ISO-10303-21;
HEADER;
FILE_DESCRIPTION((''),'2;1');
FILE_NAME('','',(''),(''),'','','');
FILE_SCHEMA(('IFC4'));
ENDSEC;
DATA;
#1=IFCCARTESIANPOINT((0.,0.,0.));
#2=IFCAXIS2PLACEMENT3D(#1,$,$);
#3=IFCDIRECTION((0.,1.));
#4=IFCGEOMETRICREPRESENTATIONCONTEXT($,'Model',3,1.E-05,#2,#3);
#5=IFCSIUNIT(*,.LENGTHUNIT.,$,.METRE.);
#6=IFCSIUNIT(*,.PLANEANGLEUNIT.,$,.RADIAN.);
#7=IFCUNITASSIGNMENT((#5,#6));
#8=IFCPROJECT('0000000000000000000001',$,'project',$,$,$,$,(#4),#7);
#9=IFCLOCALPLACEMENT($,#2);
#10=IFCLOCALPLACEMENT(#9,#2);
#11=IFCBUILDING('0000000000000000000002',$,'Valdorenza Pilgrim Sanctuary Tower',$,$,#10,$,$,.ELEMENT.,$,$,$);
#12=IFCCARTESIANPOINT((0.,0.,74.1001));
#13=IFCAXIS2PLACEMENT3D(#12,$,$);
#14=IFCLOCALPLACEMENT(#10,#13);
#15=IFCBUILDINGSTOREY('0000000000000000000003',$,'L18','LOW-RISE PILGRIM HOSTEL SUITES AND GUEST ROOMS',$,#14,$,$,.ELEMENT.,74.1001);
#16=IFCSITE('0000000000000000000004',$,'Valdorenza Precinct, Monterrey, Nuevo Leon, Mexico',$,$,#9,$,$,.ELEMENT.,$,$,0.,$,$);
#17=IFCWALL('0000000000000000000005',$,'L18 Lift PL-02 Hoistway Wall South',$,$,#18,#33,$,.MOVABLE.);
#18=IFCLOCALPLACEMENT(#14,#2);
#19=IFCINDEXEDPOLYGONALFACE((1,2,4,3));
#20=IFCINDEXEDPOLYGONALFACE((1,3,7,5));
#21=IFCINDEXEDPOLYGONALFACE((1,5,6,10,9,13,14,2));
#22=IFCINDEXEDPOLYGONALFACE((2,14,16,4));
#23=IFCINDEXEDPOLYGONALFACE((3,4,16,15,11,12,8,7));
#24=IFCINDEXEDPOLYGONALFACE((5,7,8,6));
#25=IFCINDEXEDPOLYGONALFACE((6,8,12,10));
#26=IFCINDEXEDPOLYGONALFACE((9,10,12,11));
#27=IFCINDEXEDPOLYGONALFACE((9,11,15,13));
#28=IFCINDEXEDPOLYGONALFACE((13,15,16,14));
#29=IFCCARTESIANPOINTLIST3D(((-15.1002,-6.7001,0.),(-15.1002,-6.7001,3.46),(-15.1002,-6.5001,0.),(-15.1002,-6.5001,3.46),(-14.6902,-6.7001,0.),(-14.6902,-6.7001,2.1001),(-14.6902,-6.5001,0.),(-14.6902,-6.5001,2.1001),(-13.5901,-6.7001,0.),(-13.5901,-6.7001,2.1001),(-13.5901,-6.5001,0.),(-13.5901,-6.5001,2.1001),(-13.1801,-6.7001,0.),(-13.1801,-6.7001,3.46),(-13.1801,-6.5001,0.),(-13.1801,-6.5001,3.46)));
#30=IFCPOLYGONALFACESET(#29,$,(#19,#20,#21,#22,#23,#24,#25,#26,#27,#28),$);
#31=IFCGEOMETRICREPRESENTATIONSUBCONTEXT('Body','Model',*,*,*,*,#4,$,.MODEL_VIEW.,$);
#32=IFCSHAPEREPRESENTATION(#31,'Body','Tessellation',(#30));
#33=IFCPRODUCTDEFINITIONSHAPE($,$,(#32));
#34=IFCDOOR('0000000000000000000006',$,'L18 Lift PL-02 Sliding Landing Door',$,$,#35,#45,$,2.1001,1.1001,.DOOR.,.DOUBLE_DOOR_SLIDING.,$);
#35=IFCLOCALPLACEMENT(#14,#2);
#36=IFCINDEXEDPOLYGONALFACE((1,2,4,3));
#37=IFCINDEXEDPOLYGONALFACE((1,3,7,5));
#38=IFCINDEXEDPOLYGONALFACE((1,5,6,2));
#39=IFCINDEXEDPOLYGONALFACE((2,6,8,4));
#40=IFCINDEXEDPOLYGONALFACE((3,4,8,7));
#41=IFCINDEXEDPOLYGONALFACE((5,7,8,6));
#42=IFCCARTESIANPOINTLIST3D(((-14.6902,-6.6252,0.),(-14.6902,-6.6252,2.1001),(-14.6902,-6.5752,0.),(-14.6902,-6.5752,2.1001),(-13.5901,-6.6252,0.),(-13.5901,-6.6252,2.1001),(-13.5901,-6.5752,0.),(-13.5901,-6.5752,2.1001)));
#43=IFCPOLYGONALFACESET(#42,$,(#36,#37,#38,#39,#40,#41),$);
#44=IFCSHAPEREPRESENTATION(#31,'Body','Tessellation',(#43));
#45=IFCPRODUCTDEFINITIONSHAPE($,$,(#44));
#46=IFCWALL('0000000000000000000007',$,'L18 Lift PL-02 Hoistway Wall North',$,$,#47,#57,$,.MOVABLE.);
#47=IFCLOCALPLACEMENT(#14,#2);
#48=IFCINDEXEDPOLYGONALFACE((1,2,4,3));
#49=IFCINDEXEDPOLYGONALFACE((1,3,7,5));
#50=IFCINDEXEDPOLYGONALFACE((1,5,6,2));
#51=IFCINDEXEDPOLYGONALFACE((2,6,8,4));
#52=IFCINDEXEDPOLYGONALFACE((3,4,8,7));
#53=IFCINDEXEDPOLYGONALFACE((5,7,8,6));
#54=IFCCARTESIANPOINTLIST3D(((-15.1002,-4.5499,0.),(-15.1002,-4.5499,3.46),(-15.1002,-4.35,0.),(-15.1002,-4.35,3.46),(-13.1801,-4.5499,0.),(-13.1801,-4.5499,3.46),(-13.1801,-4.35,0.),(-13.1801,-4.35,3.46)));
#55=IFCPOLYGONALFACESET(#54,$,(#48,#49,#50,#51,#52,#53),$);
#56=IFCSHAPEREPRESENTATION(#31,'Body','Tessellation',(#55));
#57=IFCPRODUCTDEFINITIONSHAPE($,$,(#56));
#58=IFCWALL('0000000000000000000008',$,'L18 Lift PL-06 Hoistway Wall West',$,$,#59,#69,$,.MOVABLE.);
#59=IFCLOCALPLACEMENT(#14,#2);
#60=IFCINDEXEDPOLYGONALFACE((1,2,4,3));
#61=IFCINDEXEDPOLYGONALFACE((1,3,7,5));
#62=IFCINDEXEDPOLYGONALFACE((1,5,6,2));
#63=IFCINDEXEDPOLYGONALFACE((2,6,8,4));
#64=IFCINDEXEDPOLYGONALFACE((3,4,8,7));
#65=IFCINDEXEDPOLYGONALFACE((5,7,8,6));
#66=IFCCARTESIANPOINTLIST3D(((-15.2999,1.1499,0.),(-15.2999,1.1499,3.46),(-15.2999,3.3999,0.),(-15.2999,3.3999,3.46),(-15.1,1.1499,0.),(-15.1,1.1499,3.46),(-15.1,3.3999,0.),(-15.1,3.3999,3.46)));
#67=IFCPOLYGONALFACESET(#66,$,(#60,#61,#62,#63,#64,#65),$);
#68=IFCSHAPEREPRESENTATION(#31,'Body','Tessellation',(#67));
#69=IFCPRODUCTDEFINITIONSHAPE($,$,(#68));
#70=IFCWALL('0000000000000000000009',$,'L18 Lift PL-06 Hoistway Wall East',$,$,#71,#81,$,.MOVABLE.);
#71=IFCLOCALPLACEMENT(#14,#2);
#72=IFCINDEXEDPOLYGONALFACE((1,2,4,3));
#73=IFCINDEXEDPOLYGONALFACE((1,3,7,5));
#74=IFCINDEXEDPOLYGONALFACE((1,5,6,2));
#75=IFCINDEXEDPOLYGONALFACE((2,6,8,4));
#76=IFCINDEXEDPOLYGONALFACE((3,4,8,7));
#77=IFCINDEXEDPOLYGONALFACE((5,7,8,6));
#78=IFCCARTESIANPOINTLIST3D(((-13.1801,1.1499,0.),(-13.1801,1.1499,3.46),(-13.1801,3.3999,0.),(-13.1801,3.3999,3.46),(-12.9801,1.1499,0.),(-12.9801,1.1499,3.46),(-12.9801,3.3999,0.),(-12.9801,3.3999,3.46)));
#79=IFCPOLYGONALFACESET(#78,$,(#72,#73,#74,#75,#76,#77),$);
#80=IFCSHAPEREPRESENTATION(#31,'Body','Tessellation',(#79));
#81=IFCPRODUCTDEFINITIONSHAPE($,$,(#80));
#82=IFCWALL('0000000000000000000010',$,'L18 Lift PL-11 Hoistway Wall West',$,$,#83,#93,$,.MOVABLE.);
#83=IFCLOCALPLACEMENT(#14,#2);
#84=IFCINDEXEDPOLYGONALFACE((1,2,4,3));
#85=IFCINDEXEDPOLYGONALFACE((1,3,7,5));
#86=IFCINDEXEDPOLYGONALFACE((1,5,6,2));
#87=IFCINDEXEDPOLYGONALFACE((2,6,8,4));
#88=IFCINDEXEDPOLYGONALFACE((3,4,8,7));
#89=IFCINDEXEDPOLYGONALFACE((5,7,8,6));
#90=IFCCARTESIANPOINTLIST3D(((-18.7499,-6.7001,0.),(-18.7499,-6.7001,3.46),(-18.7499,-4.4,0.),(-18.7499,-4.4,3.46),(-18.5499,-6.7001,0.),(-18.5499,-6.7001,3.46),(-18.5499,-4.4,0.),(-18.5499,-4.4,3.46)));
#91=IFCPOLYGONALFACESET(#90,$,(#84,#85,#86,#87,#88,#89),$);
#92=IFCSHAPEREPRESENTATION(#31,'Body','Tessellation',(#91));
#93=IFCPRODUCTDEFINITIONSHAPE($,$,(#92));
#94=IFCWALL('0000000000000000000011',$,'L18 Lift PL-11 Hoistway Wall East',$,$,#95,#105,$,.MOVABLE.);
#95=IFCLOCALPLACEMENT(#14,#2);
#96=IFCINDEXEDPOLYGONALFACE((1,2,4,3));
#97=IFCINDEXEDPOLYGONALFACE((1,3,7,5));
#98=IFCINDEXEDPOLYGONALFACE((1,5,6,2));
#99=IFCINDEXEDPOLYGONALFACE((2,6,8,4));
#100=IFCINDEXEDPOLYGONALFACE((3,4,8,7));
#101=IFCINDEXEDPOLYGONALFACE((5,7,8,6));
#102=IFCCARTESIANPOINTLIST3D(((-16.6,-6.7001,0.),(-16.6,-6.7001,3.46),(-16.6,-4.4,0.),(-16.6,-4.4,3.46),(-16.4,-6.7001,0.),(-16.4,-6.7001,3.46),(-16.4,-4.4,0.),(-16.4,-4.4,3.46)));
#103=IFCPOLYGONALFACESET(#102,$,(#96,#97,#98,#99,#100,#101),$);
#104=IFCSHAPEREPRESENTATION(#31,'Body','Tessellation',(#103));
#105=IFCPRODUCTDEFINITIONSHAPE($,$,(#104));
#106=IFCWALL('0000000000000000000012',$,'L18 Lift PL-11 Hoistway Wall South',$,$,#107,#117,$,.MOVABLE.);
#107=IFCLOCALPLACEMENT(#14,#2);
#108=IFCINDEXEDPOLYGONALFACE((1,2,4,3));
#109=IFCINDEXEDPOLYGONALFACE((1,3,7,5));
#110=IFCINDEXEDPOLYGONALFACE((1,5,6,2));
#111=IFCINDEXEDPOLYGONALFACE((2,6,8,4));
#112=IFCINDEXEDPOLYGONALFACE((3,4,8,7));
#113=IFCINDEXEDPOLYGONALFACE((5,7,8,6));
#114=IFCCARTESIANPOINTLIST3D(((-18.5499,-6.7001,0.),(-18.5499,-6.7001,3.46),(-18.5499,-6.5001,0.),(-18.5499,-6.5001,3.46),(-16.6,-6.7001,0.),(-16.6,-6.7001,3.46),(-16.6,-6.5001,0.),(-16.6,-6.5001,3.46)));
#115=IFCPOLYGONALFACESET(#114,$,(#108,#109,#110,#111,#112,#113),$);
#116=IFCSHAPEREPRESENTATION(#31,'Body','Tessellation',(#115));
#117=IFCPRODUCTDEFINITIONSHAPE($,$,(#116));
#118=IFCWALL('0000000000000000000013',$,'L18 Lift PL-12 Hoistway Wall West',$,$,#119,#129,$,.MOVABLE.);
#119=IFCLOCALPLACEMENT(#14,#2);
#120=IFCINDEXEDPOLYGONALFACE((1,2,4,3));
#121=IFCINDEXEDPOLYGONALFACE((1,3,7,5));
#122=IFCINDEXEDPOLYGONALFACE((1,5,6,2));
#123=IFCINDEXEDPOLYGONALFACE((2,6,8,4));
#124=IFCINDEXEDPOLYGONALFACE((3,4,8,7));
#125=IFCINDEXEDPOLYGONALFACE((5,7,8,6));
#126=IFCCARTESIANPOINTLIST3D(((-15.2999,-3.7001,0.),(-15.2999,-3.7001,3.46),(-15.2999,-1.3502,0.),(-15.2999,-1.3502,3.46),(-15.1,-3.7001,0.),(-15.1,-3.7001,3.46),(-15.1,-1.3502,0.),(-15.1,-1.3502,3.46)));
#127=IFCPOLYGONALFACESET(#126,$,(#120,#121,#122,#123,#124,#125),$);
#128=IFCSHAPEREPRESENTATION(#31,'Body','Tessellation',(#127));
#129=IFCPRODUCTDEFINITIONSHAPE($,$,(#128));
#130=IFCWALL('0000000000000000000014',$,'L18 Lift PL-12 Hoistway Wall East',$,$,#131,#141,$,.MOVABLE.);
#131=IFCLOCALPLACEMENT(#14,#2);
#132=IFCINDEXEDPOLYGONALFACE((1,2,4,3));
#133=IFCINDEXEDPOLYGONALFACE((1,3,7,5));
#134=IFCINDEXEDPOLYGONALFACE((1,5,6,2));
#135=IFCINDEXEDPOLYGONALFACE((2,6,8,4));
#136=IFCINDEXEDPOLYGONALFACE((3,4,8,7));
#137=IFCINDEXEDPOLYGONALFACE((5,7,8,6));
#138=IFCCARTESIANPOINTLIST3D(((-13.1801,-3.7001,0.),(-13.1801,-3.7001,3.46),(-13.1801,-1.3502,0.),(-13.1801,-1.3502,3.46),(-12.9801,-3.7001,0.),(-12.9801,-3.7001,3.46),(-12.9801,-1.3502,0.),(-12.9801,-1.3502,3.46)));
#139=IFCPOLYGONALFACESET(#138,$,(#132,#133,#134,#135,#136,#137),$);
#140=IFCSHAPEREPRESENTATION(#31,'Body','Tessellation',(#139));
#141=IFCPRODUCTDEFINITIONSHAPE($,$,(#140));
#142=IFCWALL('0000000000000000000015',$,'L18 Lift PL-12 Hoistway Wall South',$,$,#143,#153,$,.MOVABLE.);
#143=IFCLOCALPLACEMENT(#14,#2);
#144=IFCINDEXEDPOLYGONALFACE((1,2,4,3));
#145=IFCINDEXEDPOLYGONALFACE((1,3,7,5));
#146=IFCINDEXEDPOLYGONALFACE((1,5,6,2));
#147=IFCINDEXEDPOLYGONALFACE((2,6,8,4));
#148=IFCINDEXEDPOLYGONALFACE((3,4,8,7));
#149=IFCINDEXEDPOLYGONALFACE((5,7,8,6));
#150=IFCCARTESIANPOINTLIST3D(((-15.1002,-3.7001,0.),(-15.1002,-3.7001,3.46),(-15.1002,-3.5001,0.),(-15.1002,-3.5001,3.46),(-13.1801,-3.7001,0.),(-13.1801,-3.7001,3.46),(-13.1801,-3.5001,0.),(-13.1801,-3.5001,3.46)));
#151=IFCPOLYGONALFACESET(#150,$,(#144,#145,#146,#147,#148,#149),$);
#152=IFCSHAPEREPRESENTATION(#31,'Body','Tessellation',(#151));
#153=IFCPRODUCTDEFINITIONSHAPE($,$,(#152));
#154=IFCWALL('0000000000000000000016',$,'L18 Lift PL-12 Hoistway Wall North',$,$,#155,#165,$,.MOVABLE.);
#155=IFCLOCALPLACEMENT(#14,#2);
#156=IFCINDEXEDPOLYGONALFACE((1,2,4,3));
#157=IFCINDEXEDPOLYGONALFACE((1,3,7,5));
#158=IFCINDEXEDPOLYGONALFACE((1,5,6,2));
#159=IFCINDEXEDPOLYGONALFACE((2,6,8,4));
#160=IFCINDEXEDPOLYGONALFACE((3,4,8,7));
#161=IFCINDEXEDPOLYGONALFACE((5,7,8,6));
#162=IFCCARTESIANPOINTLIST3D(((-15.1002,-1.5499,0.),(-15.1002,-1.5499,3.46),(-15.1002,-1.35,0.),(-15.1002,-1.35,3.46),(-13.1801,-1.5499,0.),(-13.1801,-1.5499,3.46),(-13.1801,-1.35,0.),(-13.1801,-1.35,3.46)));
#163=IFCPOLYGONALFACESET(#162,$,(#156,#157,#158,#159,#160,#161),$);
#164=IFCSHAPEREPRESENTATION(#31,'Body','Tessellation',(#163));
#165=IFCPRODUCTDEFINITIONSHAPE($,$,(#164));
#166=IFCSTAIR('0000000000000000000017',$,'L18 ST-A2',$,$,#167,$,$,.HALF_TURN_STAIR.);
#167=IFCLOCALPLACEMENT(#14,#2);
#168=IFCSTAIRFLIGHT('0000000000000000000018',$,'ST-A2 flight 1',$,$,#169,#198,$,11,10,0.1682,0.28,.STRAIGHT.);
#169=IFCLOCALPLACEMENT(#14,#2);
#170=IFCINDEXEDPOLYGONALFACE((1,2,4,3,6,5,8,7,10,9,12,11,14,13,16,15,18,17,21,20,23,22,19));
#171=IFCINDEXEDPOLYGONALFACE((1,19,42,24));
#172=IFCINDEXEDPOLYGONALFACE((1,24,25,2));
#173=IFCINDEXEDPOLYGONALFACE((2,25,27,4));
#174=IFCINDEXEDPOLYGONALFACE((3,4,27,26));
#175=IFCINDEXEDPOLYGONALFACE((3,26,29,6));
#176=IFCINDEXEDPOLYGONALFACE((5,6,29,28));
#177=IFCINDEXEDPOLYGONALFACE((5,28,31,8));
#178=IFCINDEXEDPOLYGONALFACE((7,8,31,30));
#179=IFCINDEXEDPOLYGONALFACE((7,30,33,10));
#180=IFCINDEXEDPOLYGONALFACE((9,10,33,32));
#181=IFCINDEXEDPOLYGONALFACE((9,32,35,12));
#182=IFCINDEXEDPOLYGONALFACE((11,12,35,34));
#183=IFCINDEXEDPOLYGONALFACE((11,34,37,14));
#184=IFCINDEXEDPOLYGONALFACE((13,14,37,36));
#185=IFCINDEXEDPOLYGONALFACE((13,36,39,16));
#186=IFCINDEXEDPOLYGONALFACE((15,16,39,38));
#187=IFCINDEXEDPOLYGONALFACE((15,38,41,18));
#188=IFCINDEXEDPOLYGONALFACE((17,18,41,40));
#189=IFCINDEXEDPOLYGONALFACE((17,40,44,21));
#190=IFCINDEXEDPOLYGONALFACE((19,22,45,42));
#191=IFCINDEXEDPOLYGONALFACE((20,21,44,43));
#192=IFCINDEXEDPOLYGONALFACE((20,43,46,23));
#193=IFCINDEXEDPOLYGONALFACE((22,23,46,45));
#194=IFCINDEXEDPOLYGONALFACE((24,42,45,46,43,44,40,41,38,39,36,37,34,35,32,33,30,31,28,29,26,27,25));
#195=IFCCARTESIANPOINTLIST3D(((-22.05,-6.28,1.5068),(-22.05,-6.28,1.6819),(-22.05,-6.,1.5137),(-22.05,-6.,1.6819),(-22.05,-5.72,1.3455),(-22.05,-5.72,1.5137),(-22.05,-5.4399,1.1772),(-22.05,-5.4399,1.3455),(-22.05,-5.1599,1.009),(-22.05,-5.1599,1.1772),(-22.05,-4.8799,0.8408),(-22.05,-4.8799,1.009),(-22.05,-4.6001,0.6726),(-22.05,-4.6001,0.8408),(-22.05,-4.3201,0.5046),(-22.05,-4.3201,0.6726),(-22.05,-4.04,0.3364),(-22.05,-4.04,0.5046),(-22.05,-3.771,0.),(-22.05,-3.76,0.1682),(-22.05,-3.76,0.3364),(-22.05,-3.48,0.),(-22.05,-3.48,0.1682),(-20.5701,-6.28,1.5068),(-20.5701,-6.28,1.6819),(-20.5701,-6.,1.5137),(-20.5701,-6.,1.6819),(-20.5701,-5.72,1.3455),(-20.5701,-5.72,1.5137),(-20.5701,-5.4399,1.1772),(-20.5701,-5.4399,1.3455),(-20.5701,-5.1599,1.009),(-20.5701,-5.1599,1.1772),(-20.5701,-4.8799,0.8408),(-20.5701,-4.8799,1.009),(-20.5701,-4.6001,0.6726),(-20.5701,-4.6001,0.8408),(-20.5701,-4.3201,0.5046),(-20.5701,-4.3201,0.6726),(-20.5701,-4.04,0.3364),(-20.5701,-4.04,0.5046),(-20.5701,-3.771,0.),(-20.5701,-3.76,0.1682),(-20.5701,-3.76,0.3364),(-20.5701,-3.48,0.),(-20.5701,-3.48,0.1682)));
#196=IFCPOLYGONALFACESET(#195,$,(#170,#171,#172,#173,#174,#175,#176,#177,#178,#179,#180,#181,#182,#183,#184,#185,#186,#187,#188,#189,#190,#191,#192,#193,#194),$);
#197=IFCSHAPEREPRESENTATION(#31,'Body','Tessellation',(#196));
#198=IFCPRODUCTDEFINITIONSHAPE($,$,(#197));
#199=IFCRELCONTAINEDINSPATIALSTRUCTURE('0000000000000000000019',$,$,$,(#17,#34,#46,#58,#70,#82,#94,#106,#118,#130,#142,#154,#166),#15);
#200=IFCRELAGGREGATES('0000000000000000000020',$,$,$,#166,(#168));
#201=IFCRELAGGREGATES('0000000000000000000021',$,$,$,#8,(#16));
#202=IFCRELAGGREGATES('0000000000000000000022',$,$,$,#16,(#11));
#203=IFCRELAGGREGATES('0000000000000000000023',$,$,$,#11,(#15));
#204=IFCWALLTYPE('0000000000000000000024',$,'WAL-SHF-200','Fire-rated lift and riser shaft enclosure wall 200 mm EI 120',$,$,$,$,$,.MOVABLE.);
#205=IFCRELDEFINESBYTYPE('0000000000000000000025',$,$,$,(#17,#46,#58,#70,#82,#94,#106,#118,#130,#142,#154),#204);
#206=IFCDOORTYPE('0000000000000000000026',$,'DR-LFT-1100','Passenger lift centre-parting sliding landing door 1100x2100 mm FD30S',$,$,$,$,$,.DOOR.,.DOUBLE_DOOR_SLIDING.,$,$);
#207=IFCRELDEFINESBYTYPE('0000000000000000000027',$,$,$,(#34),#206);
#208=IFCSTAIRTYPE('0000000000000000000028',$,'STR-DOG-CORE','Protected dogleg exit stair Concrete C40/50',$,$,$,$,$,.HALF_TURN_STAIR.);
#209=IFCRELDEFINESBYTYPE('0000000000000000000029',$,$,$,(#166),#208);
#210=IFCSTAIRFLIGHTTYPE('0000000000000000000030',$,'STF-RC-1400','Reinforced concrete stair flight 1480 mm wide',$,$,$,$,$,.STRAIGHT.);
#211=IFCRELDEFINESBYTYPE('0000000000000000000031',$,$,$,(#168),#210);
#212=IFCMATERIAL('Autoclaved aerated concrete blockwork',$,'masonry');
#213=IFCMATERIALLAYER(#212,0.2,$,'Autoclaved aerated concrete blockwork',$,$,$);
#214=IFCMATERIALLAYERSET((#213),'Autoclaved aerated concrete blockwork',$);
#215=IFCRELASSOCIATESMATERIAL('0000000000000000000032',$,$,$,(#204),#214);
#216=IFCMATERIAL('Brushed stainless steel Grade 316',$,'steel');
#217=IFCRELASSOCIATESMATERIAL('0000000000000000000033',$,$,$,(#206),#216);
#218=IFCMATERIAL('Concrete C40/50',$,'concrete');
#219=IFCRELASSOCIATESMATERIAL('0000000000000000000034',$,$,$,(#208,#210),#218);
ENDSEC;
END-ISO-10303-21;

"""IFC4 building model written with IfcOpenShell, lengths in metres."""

from ifc_helpers import new_model, si_unit, direction, frame, frame_2d, origin, place, context, subcontext, project, spatial, polyline, rectangle, outline, extrude, material, layer, layer_set, type_object, element, fill, aggregate, save


model = new_model("IFC4")

# Units and contexts
model_context = context("Model", 3, precision=1e-05, world=origin(), true_north=direction((0.0, 1.0)))
body_context = subcontext(model_context, "Body", "Model", "MODEL_VIEW")
ifc_project = project(units=[si_unit("LENGTHUNIT", "METRE"), si_unit("PLANEANGLEUNIT", "RADIAN")], contexts=[model_context])

# Site, building, storey
site_placement = place(None, origin())
site = spatial("IfcSite", under=ifc_project, at=site_placement, Name="Valdorenza Precinct, Monterrey, Nuevo Leon, Mexico", CompositionType="ELEMENT", RefElevation=0.0)
building_placement = place(site_placement, origin())
building = spatial("IfcBuilding", under=site, at=building_placement, Name="Valdorenza Pilgrim Sanctuary Tower", CompositionType="ELEMENT")
storey_placement = place(building_placement, frame((0.0, 0.0, 74.1001)))
storey = spatial("IfcBuildingStorey", under=building, at=storey_placement, Name="L18", Description="LOW-RISE PILGRIM HOSTEL SUITES AND GUEST ROOMS", CompositionType="ELEMENT", Elevation=74.1001)

# Shared definitions
ifc_material_1 = material(Name="Autoclaved aerated concrete blockwork", Category="masonry")
ifc_layer_1 = layer(ifc_material_1, 0.2, Name="Autoclaved aerated concrete blockwork")
ifc_layer_set_1 = layer_set([ifc_layer_1], Name="Autoclaved aerated concrete blockwork")
wall_type_1 = type_object("IfcWallType", Name="WAL-SHF-200", Description="Fire-rated lift and riser shaft enclosure wall 200 mm EI 120", PredefinedType="MOVABLE", material=ifc_layer_set_1)

# Shared definitions
ifc_material_2 = material(Name="Brushed stainless steel Grade 316", Category="steel")

# Wall, opening, door
wall_1_placement = place(storey_placement, frame((-15.1001, -6.6001, 0.0), z_axis=(0.0, 0.0, 1.0), x_axis=(1.0, 0.0, 0.0)))
wall_1 = element("IfcWall", 1, at=wall_1_placement, inside=storey, type_object=wall_type_1, Name="L18 Lift PL-02 Hoistway Wall South", PredefinedType="MOVABLE", context=body_context, shape_type="SweptSolid", body=[
    extrude(rectangle(XDim=1.9202, YDim=0.2, at=frame_2d((0.96, 0.0))), origin(), (0.0, 0.0, 1.0), 3.46),
])
opening_1_placement = place(wall_1_placement, frame((0.4099, 0.0, 0.0)))
opening_1 = element("IfcOpeningElement", 2, at=opening_1_placement, cuts=wall_1, PredefinedType="OPENING", context=body_context, shape_type="SweptSolid", body=[
    extrude(rectangle(XDim=1.1001, YDim=2.1001, at=frame_2d((0.55, 1.05))), frame((0.0, 0.1147, 0.0), z_axis=(0.0, -1.0, 0.0), x_axis=(1.0, 0.0, 0.0)), (0.0, 0.0, 1.0), 0.2297),
])
door_type_1 = type_object("IfcDoorType", Name="DR-LFT-1100", Description="Passenger lift centre-parting sliding landing door 1100x2100 mm FD30S", OperationType="DOUBLE_DOOR_SLIDING", PredefinedType="DOOR", material=ifc_material_2)
door_1_placement = place(opening_1_placement, origin())
door_1 = element("IfcDoor", 3, at=door_1_placement, inside=storey, type_object=door_type_1, Name="L18 Lift PL-02 Sliding Landing Door", OperationType="DOUBLE_DOOR_SLIDING", OverallHeight=2.1001, OverallWidth=1.1001, PredefinedType="DOOR", context=body_context, shape_type="SweptSolid", body=[
    extrude(rectangle(XDim=1.1001, YDim=2.1001, at=frame_2d((0.55, 1.05))), frame((0.0, 0.0249, 0.0), z_axis=(0.0, -1.0, 0.0), x_axis=(1.0, 0.0, 0.0)), (0.0, 0.0, 1.0), 0.05),
])
fill(opening_1, door_1)

# Walls
wall_2_placement = place(storey_placement, frame((-15.1001, -4.45, 0.0), z_axis=(0.0, 0.0, 1.0), x_axis=(1.0, 0.0, 0.0)))
element("IfcWall", 4, at=wall_2_placement, inside=storey, type_object=wall_type_1, Name="L18 Lift PL-02 Hoistway Wall North", PredefinedType="MOVABLE", context=body_context, shape_type="SweptSolid", body=[
    extrude(rectangle(XDim=1.9202, YDim=0.2, at=frame_2d((0.96, 0.0))), origin(), (0.0, 0.0, 1.0), 3.46),
])
for number, where, z_axis, x_axis, name in (
    (5, (-15.2, 1.1499, 0.0), (0.0, 0.0, 1.0), (0.0, 1.0, 0.0), "L18 Lift PL-06 Hoistway Wall West"),
    (6, (-13.0801, 1.1499, 0.0), (0.0, 0.0, 1.0), (0.0, 1.0, 0.0), "L18 Lift PL-06 Hoistway Wall East"),
):
    element("IfcWall", number, at=place(storey_placement, frame(where, z_axis=z_axis, x_axis=x_axis)), inside=storey, type_object=wall_type_1, Name=name, PredefinedType="MOVABLE", context=body_context, shape_type="SweptSolid", body=[
        extrude(rectangle(XDim=2.25, YDim=0.2, at=frame_2d((1.125, 0.0))), origin(), (0.0, 0.0, 1.0), 3.46),
    ])
for number, where, z_axis, x_axis, name in (
    (7, (-18.6499, -6.7, 0.0), (0.0, 0.0, 1.0), (0.0, 1.0, 0.0), "L18 Lift PL-11 Hoistway Wall West"),
    (8, (-16.5, -6.7, 0.0), (0.0, 0.0, 1.0), (0.0, 1.0, 0.0), "L18 Lift PL-11 Hoistway Wall East"),
):
    element("IfcWall", number, at=place(storey_placement, frame(where, z_axis=z_axis, x_axis=x_axis)), inside=storey, type_object=wall_type_1, Name=name, PredefinedType="MOVABLE", context=body_context, shape_type="SweptSolid", body=[
        extrude(rectangle(XDim=2.3, YDim=0.2, at=frame_2d((1.1499, 0.0))), origin(), (0.0, 0.0, 1.0), 3.46),
    ])
wall_3_placement = place(storey_placement, frame((-18.55, -6.6001, 0.0), z_axis=(0.0, 0.0, 1.0), x_axis=(1.0, 0.0, 0.0)))
element("IfcWall", 9, at=wall_3_placement, inside=storey, type_object=wall_type_1, Name="L18 Lift PL-11 Hoistway Wall South", PredefinedType="MOVABLE", context=body_context, shape_type="SweptSolid", body=[
    extrude(rectangle(XDim=1.95, YDim=0.2, at=frame_2d((0.9751, 0.0))), origin(), (0.0, 0.0, 1.0), 3.46),
])
for number, where, z_axis, x_axis, name in (
    (10, (-15.2, -3.7, 0.0), (0.0, 0.0, 1.0), (0.0, 1.0, 0.0), "L18 Lift PL-12 Hoistway Wall West"),
    (11, (-13.0801, -3.7, 0.0), (0.0, 0.0, 1.0), (0.0, 1.0, 0.0), "L18 Lift PL-12 Hoistway Wall East"),
):
    element("IfcWall", number, at=place(storey_placement, frame(where, z_axis=z_axis, x_axis=x_axis)), inside=storey, type_object=wall_type_1, Name=name, PredefinedType="MOVABLE", context=body_context, shape_type="SweptSolid", body=[
        extrude(rectangle(XDim=2.3499, YDim=0.2, at=frame_2d((1.1748, 0.0))), origin(), (0.0, 0.0, 1.0), 3.46),
    ])
for number, where, z_axis, x_axis, name in (
    (12, (-15.1001, -3.6001, 0.0), (0.0, 0.0, 1.0), (1.0, 0.0, 0.0), "L18 Lift PL-12 Hoistway Wall South"),
    (13, (-15.1001, -1.45, 0.0), (0.0, 0.0, 1.0), (1.0, 0.0, 0.0), "L18 Lift PL-12 Hoistway Wall North"),
):
    element("IfcWall", number, at=place(storey_placement, frame(where, z_axis=z_axis, x_axis=x_axis)), inside=storey, type_object=wall_type_1, Name=name, PredefinedType="MOVABLE", context=body_context, shape_type="SweptSolid", body=[
        extrude(rectangle(XDim=1.9202, YDim=0.2, at=frame_2d((0.96, 0.0))), origin(), (0.0, 0.0, 1.0), 3.46),
    ])

# Shared definitions
ifc_material_3 = material(Name="Concrete C40/50", Category="concrete")

# Stair, stair flight
stair_type = type_object("IfcStairType", Name="STR-DOG-CORE", Description="Protected dogleg exit stair Concrete C40/50", PredefinedType="HALF_TURN_STAIR", material=ifc_material_3)
stair_placement = place(storey_placement, origin())
stair = element("IfcStair", 14, at=stair_placement, inside=storey, type_object=stair_type, Name="L18 ST-A2", PredefinedType="HALF_TURN_STAIR")
stair_flight_type = type_object("IfcStairFlightType", Name="STF-RC-1400", Description="Reinforced concrete stair flight 1480 mm wide", PredefinedType="STRAIGHT", material=ifc_material_3)
stair_flight_1_placement = place(storey_placement, frame((-21.3101, -3.48, 0.0), z_axis=(0.0, 0.0, 1.0), x_axis=(0.0, -1.0, 0.0)))
stair_flight_1 = element("IfcStairFlight", 15, at=stair_flight_1_placement, type_object=stair_flight_type, Name="ST-A2 flight 1", NumberOfRisers=11, NumberOfTreads=10, PredefinedType="STRAIGHT", RiserHeight=0.1682, TreadLength=0.28, context=body_context, shape_type="SweptSolid", body=[
    extrude(outline(polyline([(0.0, 0.0), (0.0, 0.1682), (0.28, 0.1682), (0.28, 0.3364), (0.5601, 0.3364), (0.5601, 0.5046), (0.8401, 0.5046), (0.8401, 0.6726), (1.1201, 0.6726), (1.1201, 0.8408), (1.3999, 0.8408), (1.3999, 1.009), (1.6799, 1.009), (1.6799, 1.1772), (1.96, 1.1772), (1.96, 1.3455), (2.24, 1.3455), (2.24, 1.5137), (2.52, 1.5137), (2.52, 1.6819), (2.8, 1.6819), (2.8, 1.8501), (2.8, 1.5068), (0.291, 0.0), (0.0, 0.0)])), frame((0.0, 0.74, 0.0), z_axis=(0.0, -1.0, 0.0), x_axis=(1.0, 0.0, 0.0)), (0.0, 0.0, 1.0), 1.48),
])
aggregate(stair, [stair_flight_1])

save(model, "model.ifc")
